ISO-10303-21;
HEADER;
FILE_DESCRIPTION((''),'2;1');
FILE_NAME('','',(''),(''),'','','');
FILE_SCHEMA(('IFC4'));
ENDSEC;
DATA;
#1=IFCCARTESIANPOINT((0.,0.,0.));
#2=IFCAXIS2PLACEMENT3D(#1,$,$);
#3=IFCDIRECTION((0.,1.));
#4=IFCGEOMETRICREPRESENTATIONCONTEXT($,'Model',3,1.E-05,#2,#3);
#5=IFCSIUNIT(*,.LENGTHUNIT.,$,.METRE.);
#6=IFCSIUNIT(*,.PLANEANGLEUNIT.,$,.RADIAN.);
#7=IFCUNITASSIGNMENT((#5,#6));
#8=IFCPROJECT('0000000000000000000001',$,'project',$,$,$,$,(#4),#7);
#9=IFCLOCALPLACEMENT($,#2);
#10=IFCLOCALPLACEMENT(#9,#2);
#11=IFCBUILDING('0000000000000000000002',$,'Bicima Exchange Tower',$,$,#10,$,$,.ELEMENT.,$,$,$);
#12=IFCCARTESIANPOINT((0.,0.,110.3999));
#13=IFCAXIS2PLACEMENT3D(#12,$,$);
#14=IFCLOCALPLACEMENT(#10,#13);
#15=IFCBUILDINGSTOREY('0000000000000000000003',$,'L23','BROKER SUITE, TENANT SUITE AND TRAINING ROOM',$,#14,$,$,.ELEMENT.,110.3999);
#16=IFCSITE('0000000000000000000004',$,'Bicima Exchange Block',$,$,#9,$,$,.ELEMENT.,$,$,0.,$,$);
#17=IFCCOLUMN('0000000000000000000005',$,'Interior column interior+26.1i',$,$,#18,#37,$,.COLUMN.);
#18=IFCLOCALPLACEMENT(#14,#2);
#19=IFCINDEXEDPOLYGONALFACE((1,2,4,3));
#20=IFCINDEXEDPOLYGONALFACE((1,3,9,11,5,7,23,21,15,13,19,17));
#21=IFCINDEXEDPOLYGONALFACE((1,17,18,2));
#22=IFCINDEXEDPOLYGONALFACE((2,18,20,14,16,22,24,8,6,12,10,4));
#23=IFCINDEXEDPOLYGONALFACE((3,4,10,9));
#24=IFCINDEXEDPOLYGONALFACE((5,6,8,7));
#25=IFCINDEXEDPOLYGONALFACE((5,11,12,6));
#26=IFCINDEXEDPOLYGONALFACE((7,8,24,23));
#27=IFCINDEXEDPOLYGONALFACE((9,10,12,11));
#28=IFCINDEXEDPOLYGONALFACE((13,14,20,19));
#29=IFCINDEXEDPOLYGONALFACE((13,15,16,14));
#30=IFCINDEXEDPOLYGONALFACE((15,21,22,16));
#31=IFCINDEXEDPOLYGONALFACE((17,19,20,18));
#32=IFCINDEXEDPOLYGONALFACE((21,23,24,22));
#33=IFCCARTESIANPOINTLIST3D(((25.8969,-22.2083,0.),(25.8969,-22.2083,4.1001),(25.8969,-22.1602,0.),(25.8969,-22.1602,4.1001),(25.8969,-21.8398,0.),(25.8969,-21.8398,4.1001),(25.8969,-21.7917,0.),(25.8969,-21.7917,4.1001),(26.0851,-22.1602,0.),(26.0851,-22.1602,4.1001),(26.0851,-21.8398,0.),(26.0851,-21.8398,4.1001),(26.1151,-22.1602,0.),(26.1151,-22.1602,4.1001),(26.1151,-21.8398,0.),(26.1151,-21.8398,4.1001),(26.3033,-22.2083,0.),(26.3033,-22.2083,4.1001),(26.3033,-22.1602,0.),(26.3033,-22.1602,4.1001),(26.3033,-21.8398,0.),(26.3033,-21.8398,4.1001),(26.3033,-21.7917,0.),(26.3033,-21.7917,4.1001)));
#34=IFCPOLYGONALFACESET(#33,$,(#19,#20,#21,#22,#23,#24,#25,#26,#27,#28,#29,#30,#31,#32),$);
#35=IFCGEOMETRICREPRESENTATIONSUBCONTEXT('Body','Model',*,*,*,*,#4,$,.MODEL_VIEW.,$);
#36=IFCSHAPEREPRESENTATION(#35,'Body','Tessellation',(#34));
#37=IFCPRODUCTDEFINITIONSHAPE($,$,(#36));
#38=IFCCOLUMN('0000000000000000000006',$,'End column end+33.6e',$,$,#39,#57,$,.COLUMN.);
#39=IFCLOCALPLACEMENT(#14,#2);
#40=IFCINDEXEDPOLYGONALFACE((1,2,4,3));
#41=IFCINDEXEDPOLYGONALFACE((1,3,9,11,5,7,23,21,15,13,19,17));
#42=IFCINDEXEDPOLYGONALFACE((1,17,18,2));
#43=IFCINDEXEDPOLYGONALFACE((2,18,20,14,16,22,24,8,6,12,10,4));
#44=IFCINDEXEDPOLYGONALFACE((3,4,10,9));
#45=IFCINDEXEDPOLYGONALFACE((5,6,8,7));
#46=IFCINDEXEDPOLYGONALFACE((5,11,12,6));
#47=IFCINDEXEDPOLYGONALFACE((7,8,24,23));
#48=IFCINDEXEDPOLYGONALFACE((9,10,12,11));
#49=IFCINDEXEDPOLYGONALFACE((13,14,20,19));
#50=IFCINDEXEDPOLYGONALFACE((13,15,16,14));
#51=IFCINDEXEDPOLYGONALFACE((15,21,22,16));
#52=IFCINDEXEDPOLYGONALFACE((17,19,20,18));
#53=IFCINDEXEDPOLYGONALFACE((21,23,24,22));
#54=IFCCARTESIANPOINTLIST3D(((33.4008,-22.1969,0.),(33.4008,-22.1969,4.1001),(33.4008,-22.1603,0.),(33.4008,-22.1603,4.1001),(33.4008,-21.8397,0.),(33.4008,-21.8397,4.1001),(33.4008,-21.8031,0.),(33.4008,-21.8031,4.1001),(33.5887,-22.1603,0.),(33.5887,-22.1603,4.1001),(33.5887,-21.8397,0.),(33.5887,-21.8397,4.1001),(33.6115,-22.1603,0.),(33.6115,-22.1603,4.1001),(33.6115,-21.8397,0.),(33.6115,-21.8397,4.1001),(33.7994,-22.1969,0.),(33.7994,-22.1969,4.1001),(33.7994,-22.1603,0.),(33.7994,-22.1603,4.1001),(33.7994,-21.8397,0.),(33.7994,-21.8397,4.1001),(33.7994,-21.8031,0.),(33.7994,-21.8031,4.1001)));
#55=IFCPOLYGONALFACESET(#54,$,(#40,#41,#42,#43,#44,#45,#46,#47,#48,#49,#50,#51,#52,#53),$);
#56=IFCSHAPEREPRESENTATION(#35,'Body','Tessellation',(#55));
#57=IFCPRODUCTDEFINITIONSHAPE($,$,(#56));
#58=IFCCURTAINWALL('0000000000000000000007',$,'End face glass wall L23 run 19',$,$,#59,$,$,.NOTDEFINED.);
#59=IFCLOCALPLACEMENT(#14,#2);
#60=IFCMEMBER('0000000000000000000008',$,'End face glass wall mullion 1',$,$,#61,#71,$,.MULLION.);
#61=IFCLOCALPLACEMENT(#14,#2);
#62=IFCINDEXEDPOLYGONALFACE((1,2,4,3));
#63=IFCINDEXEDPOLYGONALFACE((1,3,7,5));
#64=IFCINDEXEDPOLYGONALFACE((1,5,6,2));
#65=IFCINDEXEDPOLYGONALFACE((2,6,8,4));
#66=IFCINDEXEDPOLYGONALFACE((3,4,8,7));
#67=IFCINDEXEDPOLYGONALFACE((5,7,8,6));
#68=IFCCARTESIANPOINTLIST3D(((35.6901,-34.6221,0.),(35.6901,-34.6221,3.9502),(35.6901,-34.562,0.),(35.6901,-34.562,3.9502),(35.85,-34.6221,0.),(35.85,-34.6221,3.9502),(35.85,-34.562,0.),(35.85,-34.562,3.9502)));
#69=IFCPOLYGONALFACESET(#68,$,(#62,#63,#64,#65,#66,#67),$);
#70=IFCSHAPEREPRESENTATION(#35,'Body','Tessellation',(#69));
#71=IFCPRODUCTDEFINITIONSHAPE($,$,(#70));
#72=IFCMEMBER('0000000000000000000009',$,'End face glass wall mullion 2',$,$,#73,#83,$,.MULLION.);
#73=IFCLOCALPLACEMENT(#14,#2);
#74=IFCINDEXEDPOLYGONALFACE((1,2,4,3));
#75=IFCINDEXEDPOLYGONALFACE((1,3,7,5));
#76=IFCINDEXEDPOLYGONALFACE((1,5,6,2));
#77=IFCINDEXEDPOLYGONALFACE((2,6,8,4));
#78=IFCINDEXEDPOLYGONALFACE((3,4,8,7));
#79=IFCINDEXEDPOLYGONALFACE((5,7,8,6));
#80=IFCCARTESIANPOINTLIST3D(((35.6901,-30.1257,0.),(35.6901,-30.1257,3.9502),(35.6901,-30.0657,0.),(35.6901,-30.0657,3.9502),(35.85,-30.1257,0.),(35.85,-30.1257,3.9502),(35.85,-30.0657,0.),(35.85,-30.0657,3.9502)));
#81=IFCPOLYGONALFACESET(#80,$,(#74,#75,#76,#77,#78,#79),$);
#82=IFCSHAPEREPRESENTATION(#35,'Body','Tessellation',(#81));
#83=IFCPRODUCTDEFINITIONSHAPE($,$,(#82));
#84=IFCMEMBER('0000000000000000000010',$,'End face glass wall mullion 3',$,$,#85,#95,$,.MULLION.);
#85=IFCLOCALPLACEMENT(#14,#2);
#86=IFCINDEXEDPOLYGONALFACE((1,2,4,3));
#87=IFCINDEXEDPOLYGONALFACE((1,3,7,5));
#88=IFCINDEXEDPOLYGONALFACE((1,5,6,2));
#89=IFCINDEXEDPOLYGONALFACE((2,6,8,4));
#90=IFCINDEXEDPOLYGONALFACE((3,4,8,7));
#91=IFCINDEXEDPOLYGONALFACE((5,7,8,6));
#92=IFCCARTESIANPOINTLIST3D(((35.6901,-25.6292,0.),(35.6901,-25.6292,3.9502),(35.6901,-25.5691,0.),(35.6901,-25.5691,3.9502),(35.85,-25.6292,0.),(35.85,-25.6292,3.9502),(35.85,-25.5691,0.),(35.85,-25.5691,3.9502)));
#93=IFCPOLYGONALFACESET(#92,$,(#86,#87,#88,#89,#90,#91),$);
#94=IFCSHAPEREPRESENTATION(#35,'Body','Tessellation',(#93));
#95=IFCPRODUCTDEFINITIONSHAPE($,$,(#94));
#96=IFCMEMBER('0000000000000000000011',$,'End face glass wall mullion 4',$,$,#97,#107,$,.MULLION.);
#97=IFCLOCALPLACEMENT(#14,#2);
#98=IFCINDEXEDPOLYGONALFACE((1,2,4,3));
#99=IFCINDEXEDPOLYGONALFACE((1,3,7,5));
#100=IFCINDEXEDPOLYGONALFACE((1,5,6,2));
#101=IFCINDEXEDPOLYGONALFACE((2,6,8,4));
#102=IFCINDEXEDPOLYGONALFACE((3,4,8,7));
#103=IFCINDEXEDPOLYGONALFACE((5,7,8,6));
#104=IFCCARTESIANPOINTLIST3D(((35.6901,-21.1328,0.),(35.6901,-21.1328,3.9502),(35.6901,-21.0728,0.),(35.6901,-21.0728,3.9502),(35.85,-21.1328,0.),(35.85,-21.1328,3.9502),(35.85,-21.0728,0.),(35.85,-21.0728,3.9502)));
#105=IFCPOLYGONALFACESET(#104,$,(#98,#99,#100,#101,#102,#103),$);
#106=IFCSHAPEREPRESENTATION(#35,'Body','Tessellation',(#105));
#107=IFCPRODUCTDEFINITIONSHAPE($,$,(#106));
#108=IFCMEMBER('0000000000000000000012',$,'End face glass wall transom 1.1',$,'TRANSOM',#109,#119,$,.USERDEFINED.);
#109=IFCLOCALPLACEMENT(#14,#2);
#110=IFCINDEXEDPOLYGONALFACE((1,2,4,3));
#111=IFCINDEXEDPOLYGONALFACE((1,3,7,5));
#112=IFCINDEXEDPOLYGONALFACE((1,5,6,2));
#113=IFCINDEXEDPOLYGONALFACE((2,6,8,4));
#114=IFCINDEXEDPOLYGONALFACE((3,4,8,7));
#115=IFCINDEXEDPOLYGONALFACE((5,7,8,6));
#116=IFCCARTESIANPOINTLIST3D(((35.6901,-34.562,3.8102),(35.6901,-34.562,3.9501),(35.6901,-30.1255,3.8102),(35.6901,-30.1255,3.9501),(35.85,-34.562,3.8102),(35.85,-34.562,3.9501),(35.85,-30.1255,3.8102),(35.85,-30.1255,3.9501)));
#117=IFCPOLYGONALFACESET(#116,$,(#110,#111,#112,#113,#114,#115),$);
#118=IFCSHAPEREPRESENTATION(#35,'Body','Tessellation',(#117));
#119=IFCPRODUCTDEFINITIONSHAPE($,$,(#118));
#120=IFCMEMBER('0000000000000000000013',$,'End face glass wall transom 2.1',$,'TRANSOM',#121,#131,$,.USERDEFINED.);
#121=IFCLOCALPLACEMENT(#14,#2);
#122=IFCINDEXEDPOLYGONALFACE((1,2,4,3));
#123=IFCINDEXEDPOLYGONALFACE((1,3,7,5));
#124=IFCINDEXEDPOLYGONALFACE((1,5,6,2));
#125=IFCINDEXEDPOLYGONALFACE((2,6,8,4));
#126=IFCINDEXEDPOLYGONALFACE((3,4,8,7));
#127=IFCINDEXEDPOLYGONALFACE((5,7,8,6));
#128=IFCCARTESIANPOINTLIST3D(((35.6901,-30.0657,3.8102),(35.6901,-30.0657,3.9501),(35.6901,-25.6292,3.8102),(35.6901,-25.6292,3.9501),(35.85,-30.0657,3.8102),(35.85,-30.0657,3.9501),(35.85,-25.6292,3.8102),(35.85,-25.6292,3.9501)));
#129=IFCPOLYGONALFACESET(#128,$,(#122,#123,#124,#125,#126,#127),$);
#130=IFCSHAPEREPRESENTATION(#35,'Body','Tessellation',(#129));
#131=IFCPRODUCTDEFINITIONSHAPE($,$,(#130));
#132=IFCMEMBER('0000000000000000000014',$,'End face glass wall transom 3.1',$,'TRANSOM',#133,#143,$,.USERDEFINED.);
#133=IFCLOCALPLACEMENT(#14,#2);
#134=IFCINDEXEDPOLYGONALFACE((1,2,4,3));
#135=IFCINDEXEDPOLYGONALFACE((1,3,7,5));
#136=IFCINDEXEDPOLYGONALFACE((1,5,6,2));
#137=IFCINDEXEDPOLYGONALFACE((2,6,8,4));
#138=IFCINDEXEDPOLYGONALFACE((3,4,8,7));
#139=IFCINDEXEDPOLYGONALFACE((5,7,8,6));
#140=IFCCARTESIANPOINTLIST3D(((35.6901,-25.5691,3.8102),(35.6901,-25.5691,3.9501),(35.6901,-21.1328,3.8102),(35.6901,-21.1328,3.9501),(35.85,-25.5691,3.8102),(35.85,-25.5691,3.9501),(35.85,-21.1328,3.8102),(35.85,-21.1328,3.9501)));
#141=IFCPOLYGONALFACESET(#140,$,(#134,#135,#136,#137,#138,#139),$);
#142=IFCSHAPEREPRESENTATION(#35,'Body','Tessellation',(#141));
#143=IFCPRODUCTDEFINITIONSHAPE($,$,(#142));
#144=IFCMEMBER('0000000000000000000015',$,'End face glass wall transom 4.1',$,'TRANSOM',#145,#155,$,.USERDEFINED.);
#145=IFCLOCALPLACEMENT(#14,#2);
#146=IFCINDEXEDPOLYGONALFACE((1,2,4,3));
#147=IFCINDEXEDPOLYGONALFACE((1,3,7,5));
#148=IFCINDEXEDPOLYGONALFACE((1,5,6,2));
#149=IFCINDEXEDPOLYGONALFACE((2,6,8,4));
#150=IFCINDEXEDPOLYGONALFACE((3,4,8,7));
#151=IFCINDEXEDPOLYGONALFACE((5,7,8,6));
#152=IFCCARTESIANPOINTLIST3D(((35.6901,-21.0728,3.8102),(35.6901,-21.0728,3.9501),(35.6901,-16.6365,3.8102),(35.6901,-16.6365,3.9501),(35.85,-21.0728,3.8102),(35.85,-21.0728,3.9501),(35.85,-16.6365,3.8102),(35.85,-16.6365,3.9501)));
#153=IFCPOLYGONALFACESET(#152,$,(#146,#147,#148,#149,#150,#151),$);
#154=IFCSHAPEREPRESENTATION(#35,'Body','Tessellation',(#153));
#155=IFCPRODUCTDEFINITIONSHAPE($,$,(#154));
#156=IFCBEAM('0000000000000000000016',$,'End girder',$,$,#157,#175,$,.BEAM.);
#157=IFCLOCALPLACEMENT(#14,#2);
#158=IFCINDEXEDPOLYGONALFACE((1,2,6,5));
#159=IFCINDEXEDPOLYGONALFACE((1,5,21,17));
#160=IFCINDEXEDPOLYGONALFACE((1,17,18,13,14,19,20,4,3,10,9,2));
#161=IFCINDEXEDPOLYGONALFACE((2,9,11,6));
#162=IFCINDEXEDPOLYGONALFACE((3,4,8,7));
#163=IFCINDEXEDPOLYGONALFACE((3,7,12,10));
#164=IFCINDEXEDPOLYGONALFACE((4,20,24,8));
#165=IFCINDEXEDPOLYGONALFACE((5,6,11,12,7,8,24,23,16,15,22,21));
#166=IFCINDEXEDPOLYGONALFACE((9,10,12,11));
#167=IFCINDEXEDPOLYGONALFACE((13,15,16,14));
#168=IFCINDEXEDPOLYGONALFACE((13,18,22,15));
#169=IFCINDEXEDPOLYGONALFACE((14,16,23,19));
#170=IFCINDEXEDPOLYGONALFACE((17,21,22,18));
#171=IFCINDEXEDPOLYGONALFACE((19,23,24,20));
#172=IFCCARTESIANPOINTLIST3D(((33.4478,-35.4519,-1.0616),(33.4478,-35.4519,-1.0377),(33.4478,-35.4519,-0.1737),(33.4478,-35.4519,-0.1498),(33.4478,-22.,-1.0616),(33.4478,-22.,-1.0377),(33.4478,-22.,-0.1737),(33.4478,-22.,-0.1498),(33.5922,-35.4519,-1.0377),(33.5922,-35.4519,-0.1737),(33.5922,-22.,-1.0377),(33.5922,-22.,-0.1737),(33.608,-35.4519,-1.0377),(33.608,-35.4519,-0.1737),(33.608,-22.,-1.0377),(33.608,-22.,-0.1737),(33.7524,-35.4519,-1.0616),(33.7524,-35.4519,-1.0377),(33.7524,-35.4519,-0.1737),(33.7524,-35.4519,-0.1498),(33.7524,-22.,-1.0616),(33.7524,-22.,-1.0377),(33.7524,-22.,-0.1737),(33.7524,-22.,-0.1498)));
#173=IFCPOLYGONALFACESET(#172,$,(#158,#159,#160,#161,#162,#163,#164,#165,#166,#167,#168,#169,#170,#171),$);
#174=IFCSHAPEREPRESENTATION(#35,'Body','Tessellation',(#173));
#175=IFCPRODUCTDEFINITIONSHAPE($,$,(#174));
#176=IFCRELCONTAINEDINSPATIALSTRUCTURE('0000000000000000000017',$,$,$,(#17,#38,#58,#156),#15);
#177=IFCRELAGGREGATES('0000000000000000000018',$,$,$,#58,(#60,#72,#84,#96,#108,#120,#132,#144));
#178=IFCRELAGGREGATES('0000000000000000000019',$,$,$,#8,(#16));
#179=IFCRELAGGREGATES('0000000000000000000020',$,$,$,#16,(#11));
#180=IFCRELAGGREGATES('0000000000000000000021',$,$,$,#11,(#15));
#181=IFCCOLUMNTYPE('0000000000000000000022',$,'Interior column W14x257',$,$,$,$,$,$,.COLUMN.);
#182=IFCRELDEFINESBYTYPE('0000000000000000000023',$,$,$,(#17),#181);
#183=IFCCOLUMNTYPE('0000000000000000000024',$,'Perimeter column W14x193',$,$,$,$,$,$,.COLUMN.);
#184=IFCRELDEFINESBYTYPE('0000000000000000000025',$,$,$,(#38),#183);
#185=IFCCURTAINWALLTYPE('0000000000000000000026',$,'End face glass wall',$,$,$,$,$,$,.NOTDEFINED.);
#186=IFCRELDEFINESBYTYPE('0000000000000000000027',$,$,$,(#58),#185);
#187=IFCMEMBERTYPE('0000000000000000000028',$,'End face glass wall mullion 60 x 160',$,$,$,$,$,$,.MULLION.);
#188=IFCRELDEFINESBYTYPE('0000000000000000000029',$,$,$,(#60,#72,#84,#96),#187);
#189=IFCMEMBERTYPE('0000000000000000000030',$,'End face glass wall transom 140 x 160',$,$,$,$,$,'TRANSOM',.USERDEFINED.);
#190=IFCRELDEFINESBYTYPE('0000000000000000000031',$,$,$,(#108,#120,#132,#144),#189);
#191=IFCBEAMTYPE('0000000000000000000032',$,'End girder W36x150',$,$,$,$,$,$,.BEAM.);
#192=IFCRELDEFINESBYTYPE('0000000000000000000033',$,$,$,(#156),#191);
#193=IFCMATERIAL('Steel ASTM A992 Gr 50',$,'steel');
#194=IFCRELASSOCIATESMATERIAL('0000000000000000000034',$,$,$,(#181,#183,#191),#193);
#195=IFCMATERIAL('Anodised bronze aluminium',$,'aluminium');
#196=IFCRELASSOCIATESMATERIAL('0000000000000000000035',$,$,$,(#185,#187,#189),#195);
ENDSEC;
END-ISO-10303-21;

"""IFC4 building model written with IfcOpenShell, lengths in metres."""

from ifc_helpers import new_model, si_unit, direction, frame, origin, origin_2d, place, context, subcontext, project, spatial, rectangle, i_section, extrude, material, material_profile, profile_set, type_object, element, aggregate, save


model = new_model("IFC4")

# Units and contexts
model_context = context("Model", 3, precision=1e-05, world=origin(), true_north=direction((0.0, 1.0)))
body_context = subcontext(model_context, "Body", "Model", "MODEL_VIEW")
ifc_project = project(units=[si_unit("LENGTHUNIT", "METRE"), si_unit("PLANEANGLEUNIT", "RADIAN")], contexts=[model_context])

# Site, building, storey
site_placement = place(None, origin())
site = spatial("IfcSite", under=ifc_project, at=site_placement, Name="Bicima Exchange Block", CompositionType="ELEMENT", RefElevation=0.0)
building_placement = place(site_placement, origin())
building = spatial("IfcBuilding", under=site, at=building_placement, Name="Bicima Exchange Tower", CompositionType="ELEMENT")
storey_placement = place(building_placement, frame((0.0, 0.0, 110.3999)))
storey = spatial("IfcBuildingStorey", under=building, at=storey_placement, Name="L23", Description="BROKER SUITE, TENANT SUITE AND TRAINING ROOM", CompositionType="ELEMENT", Elevation=110.3999)

# Columns
ifc_material_1 = material(Name="Steel ASTM A992 Gr 50", Category="steel")
ifc_material_profile_1 = material_profile(ifc_material_1, i_section(OverallWidth=0.4065, OverallDepth=0.4165, WebThickness=0.03, FlangeThickness=0.0481, at=origin_2d()))
ifc_profile_set_1 = profile_set([ifc_material_profile_1], Name="Steel ASTM A992 Gr 50")
column_type_1 = type_object("IfcColumnType", Name="Interior column W14x257", PredefinedType="COLUMN", material=ifc_profile_set_1)
column_1_placement = place(storey_placement, frame((26.1001, -22.0, 0.0), z_axis=(0.0, 0.0, 1.0), x_axis=(1.0, 0.0, 0.0)))
element("IfcColumn", 1, at=column_1_placement, inside=storey, type_object=column_type_1, Name="Interior column interior+26.1i", PredefinedType="COLUMN", context=body_context, shape_type="SweptSolid", body=[
    extrude(i_section(OverallWidth=0.4065, OverallDepth=0.4165, WebThickness=0.03, FlangeThickness=0.0481, at=origin_2d()), origin(), (0.0, 0.0, 1.0), 4.1001),
])
ifc_material_profile_2 = material_profile(ifc_material_1, i_section(OverallWidth=0.3987, OverallDepth=0.3938, WebThickness=0.0227, FlangeThickness=0.0366, at=origin_2d()))
ifc_profile_set_2 = profile_set([ifc_material_profile_2], Name="Steel ASTM A992 Gr 50")
column_type_2 = type_object("IfcColumnType", Name="Perimeter column W14x193", PredefinedType="COLUMN", material=ifc_profile_set_2)
column_2_placement = place(storey_placement, frame((33.6001, -22.0, 0.0), z_axis=(0.0, 0.0, 1.0), x_axis=(1.0, 0.0, 0.0)))
element("IfcColumn", 2, at=column_2_placement, inside=storey, type_object=column_type_2, Name="End column end+33.6e", PredefinedType="COLUMN", context=body_context, shape_type="SweptSolid", body=[
    extrude(i_section(OverallWidth=0.3987, OverallDepth=0.3938, WebThickness=0.0227, FlangeThickness=0.0366, at=origin_2d()), origin(), (0.0, 0.0, 1.0), 4.1001),
])

# Curtain wall, members
ifc_material_2 = material(Name="Anodised bronze aluminium", Category="aluminium")
curtain_wall_type = type_object("IfcCurtainWallType", Name="End face glass wall", PredefinedType="NOTDEFINED", material=ifc_material_2)
curtain_wall_placement = place(storey_placement, origin())
curtain_wall = element("IfcCurtainWall", 3, at=curtain_wall_placement, inside=storey, type_object=curtain_wall_type, Name="End face glass wall L23 run 19", PredefinedType="NOTDEFINED")
ifc_material_profile_3 = material_profile(ifc_material_2, rectangle(XDim=0.1599, YDim=0.0601, at=origin_2d()))
ifc_profile_set_3 = profile_set([ifc_material_profile_3], Name="Anodised bronze aluminium")
member_type_1 = type_object("IfcMemberType", Name="End face glass wall mullion 60 x 160", PredefinedType="MULLION", material=ifc_profile_set_3)
member_1_placement = place(storey_placement, frame((35.77, -34.592, 0.0), z_axis=(0.0, 0.0, 1.0), x_axis=(-1.0, 0.0, 0.0)))
member_1 = element("IfcMember", 4, at=member_1_placement, type_object=member_type_1, Name="End face glass wall mullion 1", PredefinedType="MULLION", context=body_context, shape_type="SweptSolid", body=[
    extrude(rectangle(XDim=0.1599, YDim=0.0601, at=origin_2d()), origin(), (0.0, 0.0, 1.0), 3.9502),
])
member_2_placement = place(storey_placement, frame((35.77, -30.0957, 0.0), z_axis=(0.0, 0.0, 1.0), x_axis=(-1.0, 0.0, 0.0)))
member_2 = element("IfcMember", 5, at=member_2_placement, type_object=member_type_1, Name="End face glass wall mullion 2", PredefinedType="MULLION", context=body_context, shape_type="SweptSolid", body=[
    extrude(rectangle(XDim=0.1599, YDim=0.0601, at=origin_2d()), origin(), (0.0, 0.0, 1.0), 3.9502),
])
member_3_placement = place(storey_placement, frame((35.77, -25.5991, 0.0), z_axis=(0.0, 0.0, 1.0), x_axis=(-1.0, 0.0, 0.0)))
member_3 = element("IfcMember", 6, at=member_3_placement, type_object=member_type_1, Name="End face glass wall mullion 3", PredefinedType="MULLION", context=body_context, shape_type="SweptSolid", body=[
    extrude(rectangle(XDim=0.1599, YDim=0.0601, at=origin_2d()), origin(), (0.0, 0.0, 1.0), 3.9502),
])
member_4_placement = place(storey_placement, frame((35.77, -21.1028, 0.0), z_axis=(0.0, 0.0, 1.0), x_axis=(-1.0, 0.0, 0.0)))
member_4 = element("IfcMember", 7, at=member_4_placement, type_object=member_type_1, Name="End face glass wall mullion 4", PredefinedType="MULLION", context=body_context, shape_type="SweptSolid", body=[
    extrude(rectangle(XDim=0.1599, YDim=0.0601, at=origin_2d()), origin(), (0.0, 0.0, 1.0), 3.9502),
])
ifc_material_profile_4 = material_profile(ifc_material_2, rectangle(XDim=0.1599, YDim=0.1399, at=origin_2d()))
ifc_profile_set_4 = profile_set([ifc_material_profile_4], Name="Anodised bronze aluminium")
member_type_2 = type_object("IfcMemberType", Name="End face glass wall transom 140 x 160", ElementType="TRANSOM", PredefinedType="USERDEFINED", material=ifc_profile_set_4)
member_5_placement = place(storey_placement, frame((35.77, -34.562, 3.8801), z_axis=(0.0, 1.0, 0.0), x_axis=(-1.0, 0.0, 0.0)))
member_5 = element("IfcMember", 8, at=member_5_placement, type_object=member_type_2, Name="End face glass wall transom 1.1", ObjectType="TRANSOM", PredefinedType="USERDEFINED", context=body_context, shape_type="SweptSolid", body=[
    extrude(rectangle(XDim=0.1599, YDim=0.1399, at=origin_2d()), origin(), (0.0, 0.0, 1.0), 4.4365),
])
member_6_placement = place(storey_placement, frame((35.77, -30.0657, 3.8801), z_axis=(0.0, 1.0, 0.0), x_axis=(-1.0, 0.0, 0.0)))
member_6 = element("IfcMember", 9, at=member_6_placement, type_object=member_type_2, Name="End face glass wall transom 2.1", ObjectType="TRANSOM", PredefinedType="USERDEFINED", context=body_context, shape_type="SweptSolid", body=[
    extrude(rectangle(XDim=0.1599, YDim=0.1399, at=origin_2d()), origin(), (0.0, 0.0, 1.0), 4.4365),
])
member_7_placement = place(storey_placement, frame((35.77, -25.5691, 3.8801), z_axis=(0.0, 1.0, 0.0), x_axis=(-1.0, 0.0, 0.0)))
member_7 = element("IfcMember", 10, at=member_7_placement, type_object=member_type_2, Name="End face glass wall transom 3.1", ObjectType="TRANSOM", PredefinedType="USERDEFINED", context=body_context, shape_type="SweptSolid", body=[
    extrude(rectangle(XDim=0.1599, YDim=0.1399, at=origin_2d()), origin(), (0.0, 0.0, 1.0), 4.4363),
])
member_8_placement = place(storey_placement, frame((35.77, -21.0728, 3.8801), z_axis=(0.0, 1.0, 0.0), x_axis=(-1.0, 0.0, 0.0)))
member_8 = element("IfcMember", 11, at=member_8_placement, type_object=member_type_2, Name="End face glass wall transom 4.1", ObjectType="TRANSOM", PredefinedType="USERDEFINED", context=body_context, shape_type="SweptSolid", body=[
    extrude(rectangle(XDim=0.1599, YDim=0.1399, at=origin_2d()), origin(), (0.0, 0.0, 1.0), 4.4363),
])

# Beam
ifc_material_profile_5 = material_profile(ifc_material_1, i_section(OverallWidth=0.3047, OverallDepth=0.9119, WebThickness=0.0159, FlangeThickness=0.0239, at=origin_2d()))
ifc_profile_set_5 = profile_set([ifc_material_profile_5], Name="Steel ASTM A992 Gr 50")
beam_type_1 = type_object("IfcBeamType", Name="End girder W36x150", PredefinedType="BEAM", material=ifc_profile_set_5)
beam_1_placement = place(storey_placement, frame((33.6001, -22.0, -0.6057), z_axis=(0.0, -1.0, 0.0), x_axis=(1.0, 0.0, 0.0)))
element("IfcBeam", 12, at=beam_1_placement, inside=storey, type_object=beam_type_1, Name="End girder", PredefinedType="BEAM", context=body_context, shape_type="SweptSolid", body=[
    extrude(i_section(OverallWidth=0.3047, OverallDepth=0.9119, WebThickness=0.0159, FlangeThickness=0.0239, at=origin_2d()), origin(), (0.0, 0.0, 1.0), 13.4519),
])

aggregate(curtain_wall, [member_1, member_2, member_3, member_4, member_5, member_6, member_7, member_8])

save(model, "model.ifc")
